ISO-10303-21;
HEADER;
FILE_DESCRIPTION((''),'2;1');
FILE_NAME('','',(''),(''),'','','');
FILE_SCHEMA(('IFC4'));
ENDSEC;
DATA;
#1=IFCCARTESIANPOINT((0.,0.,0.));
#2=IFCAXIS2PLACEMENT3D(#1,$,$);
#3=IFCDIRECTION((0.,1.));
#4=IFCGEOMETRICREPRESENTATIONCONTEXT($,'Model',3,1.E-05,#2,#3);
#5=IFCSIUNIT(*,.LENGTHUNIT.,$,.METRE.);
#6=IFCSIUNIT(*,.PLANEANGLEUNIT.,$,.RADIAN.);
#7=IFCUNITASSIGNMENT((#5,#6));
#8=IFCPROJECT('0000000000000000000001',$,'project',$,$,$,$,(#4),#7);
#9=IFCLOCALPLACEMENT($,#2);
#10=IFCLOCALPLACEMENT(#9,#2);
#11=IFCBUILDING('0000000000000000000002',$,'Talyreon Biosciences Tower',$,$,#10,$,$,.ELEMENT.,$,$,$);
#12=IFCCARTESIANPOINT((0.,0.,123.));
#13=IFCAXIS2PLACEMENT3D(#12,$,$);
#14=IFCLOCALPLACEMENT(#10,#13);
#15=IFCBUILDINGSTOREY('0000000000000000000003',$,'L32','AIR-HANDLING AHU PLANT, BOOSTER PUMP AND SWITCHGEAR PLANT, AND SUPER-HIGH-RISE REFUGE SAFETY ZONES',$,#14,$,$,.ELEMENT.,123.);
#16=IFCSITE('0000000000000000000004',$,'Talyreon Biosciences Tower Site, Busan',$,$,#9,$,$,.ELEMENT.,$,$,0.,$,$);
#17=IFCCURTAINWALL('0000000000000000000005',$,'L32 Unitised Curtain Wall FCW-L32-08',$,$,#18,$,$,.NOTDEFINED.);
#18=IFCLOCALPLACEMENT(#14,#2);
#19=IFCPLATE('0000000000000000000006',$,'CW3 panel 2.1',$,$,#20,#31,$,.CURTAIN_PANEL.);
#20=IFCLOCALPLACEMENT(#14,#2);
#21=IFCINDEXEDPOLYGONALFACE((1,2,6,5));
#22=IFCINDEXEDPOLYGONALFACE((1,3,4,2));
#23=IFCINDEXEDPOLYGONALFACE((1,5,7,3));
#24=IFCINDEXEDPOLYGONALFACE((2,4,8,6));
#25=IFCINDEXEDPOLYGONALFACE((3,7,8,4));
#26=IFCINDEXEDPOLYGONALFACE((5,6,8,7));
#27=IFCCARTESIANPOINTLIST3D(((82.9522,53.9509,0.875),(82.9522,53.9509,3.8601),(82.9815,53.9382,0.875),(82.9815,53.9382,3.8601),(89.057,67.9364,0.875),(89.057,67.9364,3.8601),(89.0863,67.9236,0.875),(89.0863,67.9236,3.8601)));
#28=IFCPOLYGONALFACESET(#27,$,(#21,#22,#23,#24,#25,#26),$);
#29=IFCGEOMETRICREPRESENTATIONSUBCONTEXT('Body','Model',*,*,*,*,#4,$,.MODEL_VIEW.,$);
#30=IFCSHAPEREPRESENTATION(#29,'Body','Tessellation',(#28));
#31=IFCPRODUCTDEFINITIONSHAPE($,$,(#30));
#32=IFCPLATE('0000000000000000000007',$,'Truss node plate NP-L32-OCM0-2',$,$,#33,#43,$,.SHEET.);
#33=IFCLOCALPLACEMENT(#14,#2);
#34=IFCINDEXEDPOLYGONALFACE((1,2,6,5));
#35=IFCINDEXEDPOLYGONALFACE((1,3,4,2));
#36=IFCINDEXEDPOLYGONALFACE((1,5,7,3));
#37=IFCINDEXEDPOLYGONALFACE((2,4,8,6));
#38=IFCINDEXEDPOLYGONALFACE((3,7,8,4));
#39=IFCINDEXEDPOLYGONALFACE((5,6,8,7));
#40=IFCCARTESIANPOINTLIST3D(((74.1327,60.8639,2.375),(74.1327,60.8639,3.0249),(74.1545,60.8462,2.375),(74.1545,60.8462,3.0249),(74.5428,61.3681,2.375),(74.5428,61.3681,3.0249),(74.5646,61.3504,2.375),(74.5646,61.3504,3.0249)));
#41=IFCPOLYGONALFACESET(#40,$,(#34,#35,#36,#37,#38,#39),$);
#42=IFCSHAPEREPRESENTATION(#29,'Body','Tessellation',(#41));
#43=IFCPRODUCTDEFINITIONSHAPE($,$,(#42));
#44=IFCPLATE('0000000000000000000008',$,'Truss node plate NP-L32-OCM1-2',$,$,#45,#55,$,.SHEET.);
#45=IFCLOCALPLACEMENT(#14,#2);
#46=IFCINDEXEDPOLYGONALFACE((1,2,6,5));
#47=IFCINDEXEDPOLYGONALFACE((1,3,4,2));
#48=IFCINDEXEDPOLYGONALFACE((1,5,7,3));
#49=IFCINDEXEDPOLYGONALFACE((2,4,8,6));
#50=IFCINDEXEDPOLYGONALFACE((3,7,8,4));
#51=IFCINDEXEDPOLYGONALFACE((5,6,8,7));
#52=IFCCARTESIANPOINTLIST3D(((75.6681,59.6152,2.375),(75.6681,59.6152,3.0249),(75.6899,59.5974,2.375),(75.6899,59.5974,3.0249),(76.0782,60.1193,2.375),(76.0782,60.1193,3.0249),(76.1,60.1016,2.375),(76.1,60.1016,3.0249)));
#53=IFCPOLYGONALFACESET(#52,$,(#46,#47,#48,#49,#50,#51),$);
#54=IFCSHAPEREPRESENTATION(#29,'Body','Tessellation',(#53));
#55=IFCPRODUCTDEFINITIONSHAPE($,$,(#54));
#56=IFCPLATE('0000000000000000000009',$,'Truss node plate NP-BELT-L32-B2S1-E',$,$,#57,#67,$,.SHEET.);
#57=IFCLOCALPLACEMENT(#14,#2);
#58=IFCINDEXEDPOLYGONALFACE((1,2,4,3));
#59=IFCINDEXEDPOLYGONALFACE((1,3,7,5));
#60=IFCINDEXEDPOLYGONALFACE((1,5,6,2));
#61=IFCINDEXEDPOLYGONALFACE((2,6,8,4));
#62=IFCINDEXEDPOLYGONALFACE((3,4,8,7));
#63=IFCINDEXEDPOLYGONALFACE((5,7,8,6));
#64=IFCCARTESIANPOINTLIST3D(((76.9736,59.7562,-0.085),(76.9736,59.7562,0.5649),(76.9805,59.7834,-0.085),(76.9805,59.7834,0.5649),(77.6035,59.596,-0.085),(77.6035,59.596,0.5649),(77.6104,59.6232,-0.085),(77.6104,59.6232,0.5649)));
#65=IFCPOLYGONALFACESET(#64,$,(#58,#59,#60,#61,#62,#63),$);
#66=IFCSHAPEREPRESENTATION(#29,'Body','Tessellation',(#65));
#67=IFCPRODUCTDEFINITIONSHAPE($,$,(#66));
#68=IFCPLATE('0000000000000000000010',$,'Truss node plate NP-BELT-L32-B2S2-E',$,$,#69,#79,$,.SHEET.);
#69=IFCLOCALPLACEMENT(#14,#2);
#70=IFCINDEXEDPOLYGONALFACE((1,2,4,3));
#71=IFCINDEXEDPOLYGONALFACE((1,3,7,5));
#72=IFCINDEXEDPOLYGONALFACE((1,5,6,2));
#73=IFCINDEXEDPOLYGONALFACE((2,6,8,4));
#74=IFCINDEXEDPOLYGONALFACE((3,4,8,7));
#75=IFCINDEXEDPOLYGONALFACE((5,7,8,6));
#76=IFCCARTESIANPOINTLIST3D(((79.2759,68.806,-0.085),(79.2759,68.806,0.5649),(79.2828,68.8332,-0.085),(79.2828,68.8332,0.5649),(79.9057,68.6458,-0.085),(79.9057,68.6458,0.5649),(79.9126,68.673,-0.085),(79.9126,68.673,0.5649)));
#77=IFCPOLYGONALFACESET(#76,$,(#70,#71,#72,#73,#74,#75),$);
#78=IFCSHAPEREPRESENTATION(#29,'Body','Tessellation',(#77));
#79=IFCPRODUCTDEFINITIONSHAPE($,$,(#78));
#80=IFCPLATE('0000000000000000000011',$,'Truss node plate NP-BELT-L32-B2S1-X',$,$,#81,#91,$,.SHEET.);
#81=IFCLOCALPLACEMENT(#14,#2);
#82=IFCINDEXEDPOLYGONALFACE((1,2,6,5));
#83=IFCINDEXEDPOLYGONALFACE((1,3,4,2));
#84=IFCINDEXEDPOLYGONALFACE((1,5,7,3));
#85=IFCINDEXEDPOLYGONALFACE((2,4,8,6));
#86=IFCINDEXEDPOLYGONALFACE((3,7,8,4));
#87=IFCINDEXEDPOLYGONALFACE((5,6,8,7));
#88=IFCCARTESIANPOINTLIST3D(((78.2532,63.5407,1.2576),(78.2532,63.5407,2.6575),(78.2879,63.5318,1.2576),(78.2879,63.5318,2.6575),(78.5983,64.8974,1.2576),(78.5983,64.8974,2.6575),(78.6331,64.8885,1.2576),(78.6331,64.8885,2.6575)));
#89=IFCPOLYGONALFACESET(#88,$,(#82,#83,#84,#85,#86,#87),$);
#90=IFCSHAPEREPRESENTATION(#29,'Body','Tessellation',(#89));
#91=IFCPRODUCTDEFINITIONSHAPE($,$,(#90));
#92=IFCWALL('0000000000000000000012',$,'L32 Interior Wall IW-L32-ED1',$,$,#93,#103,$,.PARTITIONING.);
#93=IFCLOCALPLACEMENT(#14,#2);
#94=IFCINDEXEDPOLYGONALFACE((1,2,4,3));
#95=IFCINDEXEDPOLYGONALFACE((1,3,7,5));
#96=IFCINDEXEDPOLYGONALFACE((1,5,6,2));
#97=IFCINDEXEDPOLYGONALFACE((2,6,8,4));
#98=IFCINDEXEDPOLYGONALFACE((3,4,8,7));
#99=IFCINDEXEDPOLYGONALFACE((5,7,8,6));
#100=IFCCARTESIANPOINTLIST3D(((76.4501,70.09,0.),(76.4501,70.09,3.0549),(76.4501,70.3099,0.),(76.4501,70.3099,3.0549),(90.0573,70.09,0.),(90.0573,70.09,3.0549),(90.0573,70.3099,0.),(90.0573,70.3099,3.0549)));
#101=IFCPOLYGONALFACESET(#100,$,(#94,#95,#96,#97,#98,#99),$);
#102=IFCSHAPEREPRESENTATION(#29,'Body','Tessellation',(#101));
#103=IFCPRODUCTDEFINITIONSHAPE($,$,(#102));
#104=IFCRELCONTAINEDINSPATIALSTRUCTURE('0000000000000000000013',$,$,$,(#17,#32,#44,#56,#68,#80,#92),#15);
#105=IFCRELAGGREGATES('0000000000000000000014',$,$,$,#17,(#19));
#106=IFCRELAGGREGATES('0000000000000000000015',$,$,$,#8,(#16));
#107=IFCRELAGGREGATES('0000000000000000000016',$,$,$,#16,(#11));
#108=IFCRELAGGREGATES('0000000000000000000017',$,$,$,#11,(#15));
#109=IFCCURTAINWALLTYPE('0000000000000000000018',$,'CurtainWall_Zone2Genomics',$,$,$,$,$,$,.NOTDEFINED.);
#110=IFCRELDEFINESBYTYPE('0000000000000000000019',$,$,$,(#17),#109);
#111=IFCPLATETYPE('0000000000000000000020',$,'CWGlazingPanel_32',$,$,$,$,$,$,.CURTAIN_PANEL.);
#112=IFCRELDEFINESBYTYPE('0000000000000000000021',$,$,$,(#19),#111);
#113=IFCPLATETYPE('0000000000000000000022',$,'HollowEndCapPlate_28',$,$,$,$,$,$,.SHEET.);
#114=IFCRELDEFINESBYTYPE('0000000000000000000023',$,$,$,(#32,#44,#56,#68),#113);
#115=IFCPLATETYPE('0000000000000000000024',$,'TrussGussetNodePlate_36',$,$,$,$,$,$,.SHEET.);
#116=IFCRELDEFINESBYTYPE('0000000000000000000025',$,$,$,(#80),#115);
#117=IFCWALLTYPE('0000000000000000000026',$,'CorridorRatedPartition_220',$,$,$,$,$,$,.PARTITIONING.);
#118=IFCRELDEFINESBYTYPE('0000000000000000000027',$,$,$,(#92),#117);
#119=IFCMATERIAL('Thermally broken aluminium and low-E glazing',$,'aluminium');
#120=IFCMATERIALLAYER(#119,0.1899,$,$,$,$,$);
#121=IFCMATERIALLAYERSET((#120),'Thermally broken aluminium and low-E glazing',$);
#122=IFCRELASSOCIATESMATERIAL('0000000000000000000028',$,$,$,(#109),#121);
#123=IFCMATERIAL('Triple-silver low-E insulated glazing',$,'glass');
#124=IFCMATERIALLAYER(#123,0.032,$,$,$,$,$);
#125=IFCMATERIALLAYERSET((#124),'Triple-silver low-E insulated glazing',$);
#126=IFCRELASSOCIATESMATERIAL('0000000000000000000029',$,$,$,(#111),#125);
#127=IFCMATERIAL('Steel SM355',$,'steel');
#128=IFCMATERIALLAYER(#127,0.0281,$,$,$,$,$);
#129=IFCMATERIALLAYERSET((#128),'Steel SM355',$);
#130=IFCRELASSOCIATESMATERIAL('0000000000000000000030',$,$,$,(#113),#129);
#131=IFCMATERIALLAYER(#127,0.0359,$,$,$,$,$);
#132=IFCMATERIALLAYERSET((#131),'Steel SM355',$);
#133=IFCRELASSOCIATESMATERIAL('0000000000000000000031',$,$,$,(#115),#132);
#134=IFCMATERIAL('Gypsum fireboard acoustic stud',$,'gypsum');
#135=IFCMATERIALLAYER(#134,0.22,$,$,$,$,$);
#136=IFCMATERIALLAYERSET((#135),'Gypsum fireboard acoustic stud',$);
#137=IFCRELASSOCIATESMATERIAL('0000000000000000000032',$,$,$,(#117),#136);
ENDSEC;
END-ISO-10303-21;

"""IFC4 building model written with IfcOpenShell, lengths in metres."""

from ifc_helpers import new_model, si_unit, direction, frame, frame_2d, origin, origin_2d, place, context, subcontext, project, spatial, rectangle, extrude, material, layer, layer_set, type_object, element, aggregate, save


model = new_model("IFC4")

# Units and contexts
model_context = context("Model", 3, precision=1e-05, world=origin(), true_north=direction((0.0, 1.0)))
body_context = subcontext(model_context, "Body", "Model", "MODEL_VIEW")
ifc_project = project(units=[si_unit("LENGTHUNIT", "METRE"), si_unit("PLANEANGLEUNIT", "RADIAN")], contexts=[model_context])

# Site, building, storey
site_placement = place(None, origin())
site = spatial("IfcSite", under=ifc_project, at=site_placement, Name="Talyreon Biosciences Tower Site, Busan", CompositionType="ELEMENT", RefElevation=0.0)
building_placement = place(site_placement, origin())
building = spatial("IfcBuilding", under=site, at=building_placement, Name="Talyreon Biosciences Tower", CompositionType="ELEMENT")
storey_placement = place(building_placement, frame((0.0, 0.0, 123.0)))
storey = spatial("IfcBuildingStorey", under=building, at=storey_placement, Name="L32", Description="AIR-HANDLING AHU PLANT, BOOSTER PUMP AND SWITCHGEAR PLANT, AND SUPER-HIGH-RISE REFUGE SAFETY ZONES", CompositionType="ELEMENT", Elevation=123.0)

# Shared definitions
ifc_material_1 = material(Name="Steel SM355", Category="steel")

# Curtain wall
ifc_material_2 = material(Name="Thermally broken aluminium and low-E glazing", Category="aluminium")
ifc_layer_1 = layer(ifc_material_2, 0.1899)
ifc_layer_set_1 = layer_set([ifc_layer_1], Name="Thermally broken aluminium and low-E glazing")
curtain_wall_type = type_object("IfcCurtainWallType", Name="CurtainWall_Zone2Genomics", PredefinedType="NOTDEFINED", material=ifc_layer_set_1)
curtain_wall_placement = place(storey_placement, origin())
curtain_wall = element("IfcCurtainWall", 1, at=curtain_wall_placement, inside=storey, type_object=curtain_wall_type, Name="L32 Unitised Curtain Wall FCW-L32-08", PredefinedType="NOTDEFINED")

# Plate
ifc_material_3 = material(Name="Triple-silver low-E insulated glazing", Category="glass")
ifc_layer_2 = layer(ifc_material_3, 0.032)
ifc_layer_set_2 = layer_set([ifc_layer_2], Name="Triple-silver low-E insulated glazing")
plate_type_1 = type_object("IfcPlateType", Name="CWGlazingPanel_32", PredefinedType="CURTAIN_PANEL", material=ifc_layer_set_2)
plate_1_placement = place(storey_placement, frame((86.0193, 60.9373, 0.875), z_axis=(0.0, 0.0, 1.0), x_axis=(-0.400058, -0.91649, 0.0)))
plate_1 = element("IfcPlate", 2, at=plate_1_placement, type_object=plate_type_1, Name="CW3 panel 2.1", PredefinedType="CURTAIN_PANEL", context=body_context, shape_type="SweptSolid", body=[
    extrude(rectangle(XDim=15.2598, YDim=0.032, at=origin_2d()), origin(), (0.0, 0.0, 1.0), 2.9851),
])
aggregate(curtain_wall, [plate_1])

# Plates
ifc_layer_3 = layer(ifc_material_1, 0.0281)
ifc_layer_set_3 = layer_set([ifc_layer_3], Name="Steel SM355")
plate_type_2 = type_object("IfcPlateType", Name="HollowEndCapPlate_28", PredefinedType="SHEET", material=ifc_layer_set_3)
for number, where, z_axis, x_axis, name in (
    (3, (74.3486, 61.1072, 2.375), (0.0, 0.0, 1.0), (0.631001, 0.775782, 0.0), "Truss node plate NP-L32-OCM0-2"),
    (4, (75.884, 59.8584, 2.375), (0.0, 0.0, 1.0), (0.631001, 0.775782, 0.0), "Truss node plate NP-L32-OCM1-2"),
    (5, (77.292, 59.6897, -0.085), (0.0, 0.0, 1.0), (-0.969132, 0.246542, 0.0), "Truss node plate NP-BELT-L32-B2S1-E"),
    (6, (79.5942, 68.7395, -0.085), (0.0, 0.0, 1.0), (-0.969132, 0.246542, 0.0), "Truss node plate NP-BELT-L32-B2S2-E"),
):
    element("IfcPlate", number, at=place(storey_placement, frame(where, z_axis=z_axis, x_axis=x_axis)), inside=storey, type_object=plate_type_2, Name=name, PredefinedType="SHEET", context=body_context, shape_type="SweptSolid", body=[
        extrude(rectangle(XDim=0.6499, YDim=0.0281, at=origin_2d()), origin(), (0.0, 0.0, 1.0), 0.6499),
    ])
ifc_layer_4 = layer(ifc_material_1, 0.0359)
ifc_layer_set_4 = layer_set([ifc_layer_4], Name="Steel SM355")
plate_type_3 = type_object("IfcPlateType", Name="TrussGussetNodePlate_36", PredefinedType="SHEET", material=ifc_layer_set_4)
plate_2_placement = place(storey_placement, frame((78.4431, 64.2146, 1.2576), z_axis=(0.0, 0.0, 1.0), x_axis=(0.246542, 0.969132, 0.0)))
element("IfcPlate", 7, at=plate_2_placement, inside=storey, type_object=plate_type_3, Name="Truss node plate NP-BELT-L32-B2S1-X", PredefinedType="SHEET", context=body_context, shape_type="SweptSolid", body=[
    extrude(rectangle(XDim=1.3999, YDim=0.0359, at=origin_2d()), origin(), (0.0, 0.0, 1.0), 1.3999),
])

# Wall
ifc_material_4 = material(Name="Gypsum fireboard acoustic stud", Category="gypsum")
ifc_layer_5 = layer(ifc_material_4, 0.22)
ifc_layer_set_5 = layer_set([ifc_layer_5], Name="Gypsum fireboard acoustic stud")
wall_type = type_object("IfcWallType", Name="CorridorRatedPartition_220", PredefinedType="PARTITIONING", material=ifc_layer_set_5)
wall_placement = place(storey_placement, frame((76.45, 70.2, 0.0), z_axis=(0.0, 0.0, 1.0), x_axis=(1.0, 0.0, 0.0)))
element("IfcWall", 8, at=wall_placement, inside=storey, type_object=wall_type, Name="L32 Interior Wall IW-L32-ED1", PredefinedType="PARTITIONING", context=body_context, shape_type="SweptSolid", body=[
    extrude(rectangle(XDim=13.6072, YDim=0.22, at=frame_2d((6.8037, 0.0))), origin(), (0.0, 0.0, 1.0), 3.0549),
])

save(model, "model.ifc")
